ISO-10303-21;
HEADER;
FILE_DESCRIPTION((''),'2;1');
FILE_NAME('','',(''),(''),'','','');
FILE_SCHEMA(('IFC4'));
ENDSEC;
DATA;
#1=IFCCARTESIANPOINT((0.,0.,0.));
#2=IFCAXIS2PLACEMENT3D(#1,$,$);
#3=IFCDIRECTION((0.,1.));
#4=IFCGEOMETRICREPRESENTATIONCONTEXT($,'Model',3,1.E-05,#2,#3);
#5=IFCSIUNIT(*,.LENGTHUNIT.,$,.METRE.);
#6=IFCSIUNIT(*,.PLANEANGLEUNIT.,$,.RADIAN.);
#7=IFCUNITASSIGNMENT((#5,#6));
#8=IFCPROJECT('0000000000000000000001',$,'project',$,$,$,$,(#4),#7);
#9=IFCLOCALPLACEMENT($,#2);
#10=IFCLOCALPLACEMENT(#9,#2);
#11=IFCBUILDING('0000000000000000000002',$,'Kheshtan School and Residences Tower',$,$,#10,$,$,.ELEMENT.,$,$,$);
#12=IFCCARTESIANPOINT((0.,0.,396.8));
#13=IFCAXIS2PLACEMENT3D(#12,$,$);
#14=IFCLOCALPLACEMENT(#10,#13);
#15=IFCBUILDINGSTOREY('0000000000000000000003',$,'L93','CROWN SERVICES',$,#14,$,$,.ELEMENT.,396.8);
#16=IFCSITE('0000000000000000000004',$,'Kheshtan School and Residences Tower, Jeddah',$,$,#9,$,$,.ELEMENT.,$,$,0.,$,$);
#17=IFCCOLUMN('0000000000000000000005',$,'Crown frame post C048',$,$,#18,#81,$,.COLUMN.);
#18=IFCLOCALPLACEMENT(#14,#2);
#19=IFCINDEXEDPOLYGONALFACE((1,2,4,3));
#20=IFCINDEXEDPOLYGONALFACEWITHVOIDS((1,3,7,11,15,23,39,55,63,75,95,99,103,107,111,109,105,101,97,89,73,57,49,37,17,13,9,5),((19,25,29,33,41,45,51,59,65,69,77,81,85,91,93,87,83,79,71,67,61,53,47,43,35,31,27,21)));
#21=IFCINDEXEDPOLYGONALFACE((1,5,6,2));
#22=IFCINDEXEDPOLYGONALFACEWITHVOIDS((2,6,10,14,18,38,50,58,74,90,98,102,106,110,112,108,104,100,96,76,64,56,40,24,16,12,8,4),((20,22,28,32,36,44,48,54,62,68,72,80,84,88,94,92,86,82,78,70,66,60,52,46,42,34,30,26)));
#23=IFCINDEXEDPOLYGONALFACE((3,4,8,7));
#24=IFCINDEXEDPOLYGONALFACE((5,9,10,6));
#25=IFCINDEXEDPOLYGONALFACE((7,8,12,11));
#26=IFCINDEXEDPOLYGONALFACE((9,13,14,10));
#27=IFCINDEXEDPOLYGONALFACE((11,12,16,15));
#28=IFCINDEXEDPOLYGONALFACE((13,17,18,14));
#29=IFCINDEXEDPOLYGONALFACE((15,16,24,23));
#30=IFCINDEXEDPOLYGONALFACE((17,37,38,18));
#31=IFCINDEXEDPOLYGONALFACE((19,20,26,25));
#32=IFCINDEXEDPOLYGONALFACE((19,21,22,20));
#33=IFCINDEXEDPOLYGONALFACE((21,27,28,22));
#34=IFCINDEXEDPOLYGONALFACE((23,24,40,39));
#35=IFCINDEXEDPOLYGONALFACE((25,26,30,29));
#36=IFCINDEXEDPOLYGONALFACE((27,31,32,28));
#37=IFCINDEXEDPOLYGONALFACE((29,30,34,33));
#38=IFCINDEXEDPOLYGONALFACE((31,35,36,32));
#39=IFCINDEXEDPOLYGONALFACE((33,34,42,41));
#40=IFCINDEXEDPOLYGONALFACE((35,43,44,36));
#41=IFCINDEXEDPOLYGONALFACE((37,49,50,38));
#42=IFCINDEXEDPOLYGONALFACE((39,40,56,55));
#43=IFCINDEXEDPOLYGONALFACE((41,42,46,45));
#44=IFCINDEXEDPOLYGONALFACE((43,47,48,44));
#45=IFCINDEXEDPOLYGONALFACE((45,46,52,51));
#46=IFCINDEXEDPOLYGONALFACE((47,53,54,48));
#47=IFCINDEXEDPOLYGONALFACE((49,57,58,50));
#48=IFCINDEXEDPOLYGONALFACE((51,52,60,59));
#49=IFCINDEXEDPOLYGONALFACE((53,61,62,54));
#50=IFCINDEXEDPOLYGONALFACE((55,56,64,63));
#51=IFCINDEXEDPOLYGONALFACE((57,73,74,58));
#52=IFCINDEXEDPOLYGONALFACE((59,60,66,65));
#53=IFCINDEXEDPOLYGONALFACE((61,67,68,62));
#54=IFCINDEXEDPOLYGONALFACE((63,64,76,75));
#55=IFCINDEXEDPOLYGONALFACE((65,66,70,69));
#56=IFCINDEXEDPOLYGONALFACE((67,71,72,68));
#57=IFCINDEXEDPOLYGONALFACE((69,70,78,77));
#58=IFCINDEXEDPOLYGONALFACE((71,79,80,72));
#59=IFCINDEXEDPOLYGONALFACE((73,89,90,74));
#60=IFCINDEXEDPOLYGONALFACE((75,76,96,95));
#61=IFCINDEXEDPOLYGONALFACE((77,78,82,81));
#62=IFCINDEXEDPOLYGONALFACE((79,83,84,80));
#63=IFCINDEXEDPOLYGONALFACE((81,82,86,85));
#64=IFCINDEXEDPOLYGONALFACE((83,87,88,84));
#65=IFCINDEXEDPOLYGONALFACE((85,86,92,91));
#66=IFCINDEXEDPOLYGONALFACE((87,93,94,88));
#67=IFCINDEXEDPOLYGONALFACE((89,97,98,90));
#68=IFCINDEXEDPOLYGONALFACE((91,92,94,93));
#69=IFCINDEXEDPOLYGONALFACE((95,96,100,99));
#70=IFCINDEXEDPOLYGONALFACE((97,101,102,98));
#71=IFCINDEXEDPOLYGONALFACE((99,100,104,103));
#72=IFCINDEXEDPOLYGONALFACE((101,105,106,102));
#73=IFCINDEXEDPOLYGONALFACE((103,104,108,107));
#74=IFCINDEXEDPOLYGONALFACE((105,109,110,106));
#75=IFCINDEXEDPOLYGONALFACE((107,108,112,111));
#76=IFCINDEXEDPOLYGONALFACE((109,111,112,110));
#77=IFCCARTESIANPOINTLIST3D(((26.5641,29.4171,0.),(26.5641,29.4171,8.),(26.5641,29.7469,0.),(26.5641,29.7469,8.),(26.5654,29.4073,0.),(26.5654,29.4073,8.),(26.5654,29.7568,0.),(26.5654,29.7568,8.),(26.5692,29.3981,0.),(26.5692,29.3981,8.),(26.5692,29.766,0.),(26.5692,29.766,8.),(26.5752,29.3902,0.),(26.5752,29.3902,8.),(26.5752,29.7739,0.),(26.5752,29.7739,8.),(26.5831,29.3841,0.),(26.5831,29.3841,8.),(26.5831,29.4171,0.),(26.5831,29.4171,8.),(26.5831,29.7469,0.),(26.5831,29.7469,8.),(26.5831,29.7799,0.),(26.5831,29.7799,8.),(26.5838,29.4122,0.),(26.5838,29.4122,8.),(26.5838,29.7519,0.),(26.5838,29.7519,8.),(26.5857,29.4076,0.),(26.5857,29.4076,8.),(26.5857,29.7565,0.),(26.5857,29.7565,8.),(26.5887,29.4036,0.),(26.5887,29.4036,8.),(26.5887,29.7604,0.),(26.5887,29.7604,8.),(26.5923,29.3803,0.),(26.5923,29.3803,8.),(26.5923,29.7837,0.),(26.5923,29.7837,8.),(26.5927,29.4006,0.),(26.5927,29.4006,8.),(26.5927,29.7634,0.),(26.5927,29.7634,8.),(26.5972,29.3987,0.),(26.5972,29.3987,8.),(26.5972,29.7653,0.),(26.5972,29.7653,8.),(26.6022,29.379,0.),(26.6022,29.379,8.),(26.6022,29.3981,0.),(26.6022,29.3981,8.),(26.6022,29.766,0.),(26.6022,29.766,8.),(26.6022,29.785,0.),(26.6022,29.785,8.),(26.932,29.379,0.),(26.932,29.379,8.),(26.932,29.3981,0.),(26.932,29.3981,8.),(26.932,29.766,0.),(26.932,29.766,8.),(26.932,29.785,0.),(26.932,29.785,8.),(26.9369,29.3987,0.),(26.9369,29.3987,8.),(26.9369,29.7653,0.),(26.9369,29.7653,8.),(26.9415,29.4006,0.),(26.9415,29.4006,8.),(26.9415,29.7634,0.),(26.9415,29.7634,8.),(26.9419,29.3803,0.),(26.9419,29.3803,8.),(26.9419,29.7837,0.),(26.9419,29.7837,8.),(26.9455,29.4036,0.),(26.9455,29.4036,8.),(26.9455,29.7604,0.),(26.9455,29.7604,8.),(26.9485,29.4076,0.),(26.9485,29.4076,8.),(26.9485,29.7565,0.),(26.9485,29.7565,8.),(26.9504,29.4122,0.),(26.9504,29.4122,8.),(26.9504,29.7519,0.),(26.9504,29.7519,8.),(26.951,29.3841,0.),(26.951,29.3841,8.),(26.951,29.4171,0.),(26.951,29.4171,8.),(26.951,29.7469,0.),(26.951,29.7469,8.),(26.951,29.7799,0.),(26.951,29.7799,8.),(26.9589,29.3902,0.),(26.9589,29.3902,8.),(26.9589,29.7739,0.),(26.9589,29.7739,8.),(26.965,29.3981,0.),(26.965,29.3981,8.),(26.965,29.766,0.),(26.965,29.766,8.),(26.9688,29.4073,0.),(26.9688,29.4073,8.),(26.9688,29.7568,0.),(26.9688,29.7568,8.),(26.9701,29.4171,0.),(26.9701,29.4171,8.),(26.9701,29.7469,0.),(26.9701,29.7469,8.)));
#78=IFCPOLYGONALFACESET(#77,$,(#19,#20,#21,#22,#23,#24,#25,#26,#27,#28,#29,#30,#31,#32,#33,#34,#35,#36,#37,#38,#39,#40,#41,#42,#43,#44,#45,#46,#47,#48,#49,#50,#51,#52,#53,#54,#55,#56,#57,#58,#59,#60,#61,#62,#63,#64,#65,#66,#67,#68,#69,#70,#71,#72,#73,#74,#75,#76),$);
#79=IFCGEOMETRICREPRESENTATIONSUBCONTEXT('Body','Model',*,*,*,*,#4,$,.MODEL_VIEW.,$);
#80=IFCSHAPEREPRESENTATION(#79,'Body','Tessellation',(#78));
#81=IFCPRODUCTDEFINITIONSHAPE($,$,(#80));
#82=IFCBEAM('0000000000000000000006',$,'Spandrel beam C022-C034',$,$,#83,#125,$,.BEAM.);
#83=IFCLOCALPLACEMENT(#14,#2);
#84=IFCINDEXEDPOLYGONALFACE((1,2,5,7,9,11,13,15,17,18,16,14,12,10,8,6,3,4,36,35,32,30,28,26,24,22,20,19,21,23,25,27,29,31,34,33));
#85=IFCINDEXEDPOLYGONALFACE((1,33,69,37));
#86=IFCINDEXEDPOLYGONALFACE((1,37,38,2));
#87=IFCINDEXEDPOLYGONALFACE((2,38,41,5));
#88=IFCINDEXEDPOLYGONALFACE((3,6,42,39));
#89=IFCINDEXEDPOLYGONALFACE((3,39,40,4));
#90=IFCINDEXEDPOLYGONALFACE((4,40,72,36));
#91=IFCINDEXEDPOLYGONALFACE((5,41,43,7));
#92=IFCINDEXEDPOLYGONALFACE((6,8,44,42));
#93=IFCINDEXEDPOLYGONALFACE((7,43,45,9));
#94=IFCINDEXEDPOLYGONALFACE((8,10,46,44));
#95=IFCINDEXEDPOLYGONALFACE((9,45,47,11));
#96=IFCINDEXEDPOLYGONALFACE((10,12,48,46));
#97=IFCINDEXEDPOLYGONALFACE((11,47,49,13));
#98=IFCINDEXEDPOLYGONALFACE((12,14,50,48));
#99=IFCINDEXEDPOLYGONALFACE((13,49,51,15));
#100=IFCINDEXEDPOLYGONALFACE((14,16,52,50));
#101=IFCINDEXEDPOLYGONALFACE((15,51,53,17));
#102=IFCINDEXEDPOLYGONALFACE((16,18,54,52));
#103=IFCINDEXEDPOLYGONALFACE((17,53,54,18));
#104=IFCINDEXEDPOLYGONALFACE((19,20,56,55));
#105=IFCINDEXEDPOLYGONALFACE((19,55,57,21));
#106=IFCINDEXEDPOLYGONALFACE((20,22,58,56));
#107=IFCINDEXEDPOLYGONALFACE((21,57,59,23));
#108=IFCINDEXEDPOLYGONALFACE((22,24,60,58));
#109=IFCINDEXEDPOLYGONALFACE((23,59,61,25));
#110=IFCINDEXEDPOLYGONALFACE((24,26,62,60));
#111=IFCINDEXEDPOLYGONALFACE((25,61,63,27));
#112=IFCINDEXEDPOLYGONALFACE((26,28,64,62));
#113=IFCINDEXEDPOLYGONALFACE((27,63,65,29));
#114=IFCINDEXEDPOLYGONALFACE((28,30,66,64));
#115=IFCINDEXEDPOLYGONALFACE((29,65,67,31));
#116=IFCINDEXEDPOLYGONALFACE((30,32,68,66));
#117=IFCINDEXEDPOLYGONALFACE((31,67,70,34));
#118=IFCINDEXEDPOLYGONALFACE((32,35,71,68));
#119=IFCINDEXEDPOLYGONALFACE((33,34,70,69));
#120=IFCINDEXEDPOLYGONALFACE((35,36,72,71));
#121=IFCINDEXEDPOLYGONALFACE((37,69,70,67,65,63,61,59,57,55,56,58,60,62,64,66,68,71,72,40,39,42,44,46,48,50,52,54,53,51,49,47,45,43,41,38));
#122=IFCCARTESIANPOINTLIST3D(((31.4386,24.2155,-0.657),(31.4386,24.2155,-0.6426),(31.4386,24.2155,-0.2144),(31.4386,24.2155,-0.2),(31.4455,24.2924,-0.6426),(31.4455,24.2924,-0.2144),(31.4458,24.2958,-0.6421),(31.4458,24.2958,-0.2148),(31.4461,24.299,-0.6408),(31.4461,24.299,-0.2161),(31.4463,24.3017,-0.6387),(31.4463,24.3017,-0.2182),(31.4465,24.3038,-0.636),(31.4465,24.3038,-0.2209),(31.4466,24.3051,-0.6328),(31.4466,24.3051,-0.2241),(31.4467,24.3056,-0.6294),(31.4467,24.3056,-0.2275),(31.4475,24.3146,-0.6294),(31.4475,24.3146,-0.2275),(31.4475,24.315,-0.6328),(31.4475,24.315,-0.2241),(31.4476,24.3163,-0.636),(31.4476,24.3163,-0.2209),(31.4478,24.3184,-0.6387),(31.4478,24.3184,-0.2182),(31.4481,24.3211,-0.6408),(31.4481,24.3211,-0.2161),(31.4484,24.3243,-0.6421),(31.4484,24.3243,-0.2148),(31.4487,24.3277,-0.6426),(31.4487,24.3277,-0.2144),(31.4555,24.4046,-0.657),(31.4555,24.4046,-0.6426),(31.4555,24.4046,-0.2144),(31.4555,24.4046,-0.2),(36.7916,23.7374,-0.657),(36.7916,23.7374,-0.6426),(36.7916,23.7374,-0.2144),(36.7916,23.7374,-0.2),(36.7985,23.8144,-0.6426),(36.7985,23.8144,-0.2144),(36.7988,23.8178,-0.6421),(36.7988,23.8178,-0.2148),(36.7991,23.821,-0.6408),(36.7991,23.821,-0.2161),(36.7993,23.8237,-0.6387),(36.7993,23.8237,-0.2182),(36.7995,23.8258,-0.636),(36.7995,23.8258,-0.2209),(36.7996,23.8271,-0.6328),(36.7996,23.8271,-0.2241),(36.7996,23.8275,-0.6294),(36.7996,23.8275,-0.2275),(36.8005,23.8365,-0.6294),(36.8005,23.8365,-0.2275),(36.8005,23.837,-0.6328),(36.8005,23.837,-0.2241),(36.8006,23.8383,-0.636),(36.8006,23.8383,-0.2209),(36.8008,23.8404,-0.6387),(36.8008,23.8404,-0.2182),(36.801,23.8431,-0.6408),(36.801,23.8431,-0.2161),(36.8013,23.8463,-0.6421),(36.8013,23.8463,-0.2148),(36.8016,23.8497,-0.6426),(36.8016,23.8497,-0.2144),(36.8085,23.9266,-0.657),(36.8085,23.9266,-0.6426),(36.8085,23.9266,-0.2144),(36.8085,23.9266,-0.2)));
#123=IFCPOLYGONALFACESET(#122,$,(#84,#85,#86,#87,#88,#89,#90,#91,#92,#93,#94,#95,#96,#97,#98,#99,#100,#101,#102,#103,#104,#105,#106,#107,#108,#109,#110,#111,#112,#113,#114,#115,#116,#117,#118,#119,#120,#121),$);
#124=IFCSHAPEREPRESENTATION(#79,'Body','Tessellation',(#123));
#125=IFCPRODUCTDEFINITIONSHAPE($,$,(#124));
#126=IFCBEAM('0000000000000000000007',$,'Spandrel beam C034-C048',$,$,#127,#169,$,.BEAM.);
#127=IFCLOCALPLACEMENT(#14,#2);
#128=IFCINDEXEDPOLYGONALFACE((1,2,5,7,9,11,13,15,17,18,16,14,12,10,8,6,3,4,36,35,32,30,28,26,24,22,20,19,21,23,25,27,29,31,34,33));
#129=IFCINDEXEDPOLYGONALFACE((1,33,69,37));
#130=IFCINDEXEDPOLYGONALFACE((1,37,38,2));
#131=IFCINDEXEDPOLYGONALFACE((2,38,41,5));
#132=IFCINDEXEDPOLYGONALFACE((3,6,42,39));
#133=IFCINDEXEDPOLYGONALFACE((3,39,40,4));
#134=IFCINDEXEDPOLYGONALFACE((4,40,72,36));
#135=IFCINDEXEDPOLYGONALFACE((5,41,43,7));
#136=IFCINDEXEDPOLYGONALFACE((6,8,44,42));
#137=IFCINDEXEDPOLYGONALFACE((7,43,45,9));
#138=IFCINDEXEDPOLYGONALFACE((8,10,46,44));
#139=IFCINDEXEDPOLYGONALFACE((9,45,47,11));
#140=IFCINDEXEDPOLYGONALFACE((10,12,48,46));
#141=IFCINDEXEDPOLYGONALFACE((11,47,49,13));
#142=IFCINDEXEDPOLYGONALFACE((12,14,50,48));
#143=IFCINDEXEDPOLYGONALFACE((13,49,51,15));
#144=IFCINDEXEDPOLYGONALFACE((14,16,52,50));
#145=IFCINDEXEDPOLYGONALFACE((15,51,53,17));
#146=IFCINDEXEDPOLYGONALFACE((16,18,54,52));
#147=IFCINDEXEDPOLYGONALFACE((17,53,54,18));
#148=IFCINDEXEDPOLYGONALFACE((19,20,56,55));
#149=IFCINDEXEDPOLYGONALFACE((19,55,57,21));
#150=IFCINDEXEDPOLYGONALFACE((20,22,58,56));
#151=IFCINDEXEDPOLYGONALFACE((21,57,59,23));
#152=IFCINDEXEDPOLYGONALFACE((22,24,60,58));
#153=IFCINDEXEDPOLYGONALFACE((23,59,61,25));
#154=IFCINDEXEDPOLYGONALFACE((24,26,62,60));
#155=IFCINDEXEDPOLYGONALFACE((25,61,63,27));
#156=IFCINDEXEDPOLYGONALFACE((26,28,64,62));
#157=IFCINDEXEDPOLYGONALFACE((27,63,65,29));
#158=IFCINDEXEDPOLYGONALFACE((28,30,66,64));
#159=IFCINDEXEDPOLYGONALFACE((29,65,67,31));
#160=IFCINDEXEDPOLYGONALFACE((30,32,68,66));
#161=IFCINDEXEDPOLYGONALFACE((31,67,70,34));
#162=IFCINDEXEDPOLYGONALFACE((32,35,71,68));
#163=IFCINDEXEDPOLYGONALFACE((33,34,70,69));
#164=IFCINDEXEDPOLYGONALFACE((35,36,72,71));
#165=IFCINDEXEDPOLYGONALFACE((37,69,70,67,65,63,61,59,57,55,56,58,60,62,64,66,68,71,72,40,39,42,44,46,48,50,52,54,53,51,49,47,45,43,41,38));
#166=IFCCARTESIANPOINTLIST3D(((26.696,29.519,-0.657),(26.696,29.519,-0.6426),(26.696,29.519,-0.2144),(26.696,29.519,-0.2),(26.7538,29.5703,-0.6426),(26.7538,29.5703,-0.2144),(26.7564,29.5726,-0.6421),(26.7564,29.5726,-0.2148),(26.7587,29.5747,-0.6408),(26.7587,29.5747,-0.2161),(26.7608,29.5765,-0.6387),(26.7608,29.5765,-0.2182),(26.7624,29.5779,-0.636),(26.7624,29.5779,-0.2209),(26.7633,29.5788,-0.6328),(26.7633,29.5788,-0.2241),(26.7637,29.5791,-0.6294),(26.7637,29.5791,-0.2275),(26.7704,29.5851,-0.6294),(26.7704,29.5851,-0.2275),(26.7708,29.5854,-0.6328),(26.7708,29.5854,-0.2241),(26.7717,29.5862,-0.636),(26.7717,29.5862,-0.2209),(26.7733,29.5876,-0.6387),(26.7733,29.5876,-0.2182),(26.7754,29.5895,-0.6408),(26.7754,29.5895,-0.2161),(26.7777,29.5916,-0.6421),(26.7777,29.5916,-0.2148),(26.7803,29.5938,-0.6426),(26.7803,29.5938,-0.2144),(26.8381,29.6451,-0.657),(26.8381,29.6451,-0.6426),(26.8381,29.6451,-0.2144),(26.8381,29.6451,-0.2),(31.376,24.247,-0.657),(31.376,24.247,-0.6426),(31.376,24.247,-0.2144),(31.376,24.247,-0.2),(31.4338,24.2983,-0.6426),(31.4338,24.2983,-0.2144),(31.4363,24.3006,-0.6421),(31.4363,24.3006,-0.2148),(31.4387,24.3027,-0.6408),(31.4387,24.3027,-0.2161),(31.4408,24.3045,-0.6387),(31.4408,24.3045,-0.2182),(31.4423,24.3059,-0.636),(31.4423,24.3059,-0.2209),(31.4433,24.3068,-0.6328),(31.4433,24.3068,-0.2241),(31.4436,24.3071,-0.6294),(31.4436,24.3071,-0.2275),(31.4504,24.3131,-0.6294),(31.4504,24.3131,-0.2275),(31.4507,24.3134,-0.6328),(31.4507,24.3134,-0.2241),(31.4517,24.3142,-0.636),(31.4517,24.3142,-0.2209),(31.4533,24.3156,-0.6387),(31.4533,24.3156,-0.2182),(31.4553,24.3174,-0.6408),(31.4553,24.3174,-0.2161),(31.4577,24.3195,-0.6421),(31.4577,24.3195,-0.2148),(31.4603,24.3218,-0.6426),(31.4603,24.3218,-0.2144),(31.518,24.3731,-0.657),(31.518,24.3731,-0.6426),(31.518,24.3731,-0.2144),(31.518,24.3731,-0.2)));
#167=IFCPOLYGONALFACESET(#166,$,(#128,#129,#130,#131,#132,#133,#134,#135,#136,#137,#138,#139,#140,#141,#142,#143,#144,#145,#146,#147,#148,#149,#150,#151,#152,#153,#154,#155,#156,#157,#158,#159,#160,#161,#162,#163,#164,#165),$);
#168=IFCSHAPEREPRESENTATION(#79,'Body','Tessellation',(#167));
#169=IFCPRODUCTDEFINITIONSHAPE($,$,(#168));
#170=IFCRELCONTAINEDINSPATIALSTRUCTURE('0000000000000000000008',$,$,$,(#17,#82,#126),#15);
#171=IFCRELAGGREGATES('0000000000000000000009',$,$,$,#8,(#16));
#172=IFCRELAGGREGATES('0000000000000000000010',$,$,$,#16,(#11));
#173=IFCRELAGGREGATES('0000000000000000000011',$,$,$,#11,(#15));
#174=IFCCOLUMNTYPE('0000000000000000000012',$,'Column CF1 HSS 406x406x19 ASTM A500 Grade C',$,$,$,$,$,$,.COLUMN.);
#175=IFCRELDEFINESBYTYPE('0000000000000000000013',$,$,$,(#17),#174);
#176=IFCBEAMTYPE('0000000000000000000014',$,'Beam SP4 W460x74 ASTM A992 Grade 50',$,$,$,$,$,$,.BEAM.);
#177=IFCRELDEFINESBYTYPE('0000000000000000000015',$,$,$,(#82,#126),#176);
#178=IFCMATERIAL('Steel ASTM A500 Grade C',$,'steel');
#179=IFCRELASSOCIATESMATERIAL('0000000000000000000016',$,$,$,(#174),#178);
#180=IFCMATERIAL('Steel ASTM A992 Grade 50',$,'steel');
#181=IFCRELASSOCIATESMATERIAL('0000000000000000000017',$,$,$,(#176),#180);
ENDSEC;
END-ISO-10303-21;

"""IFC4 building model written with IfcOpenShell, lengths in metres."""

from ifc_helpers import new_model, si_unit, direction, frame, origin, origin_2d, place, context, subcontext, project, spatial, hollow_rectangle, i_section, extrude, material, material_profile, profile_set, type_object, element, save


model = new_model("IFC4")

# Units and contexts
model_context = context("Model", 3, precision=1e-05, world=origin(), true_north=direction((0.0, 1.0)))
body_context = subcontext(model_context, "Body", "Model", "MODEL_VIEW")
ifc_project = project(units=[si_unit("LENGTHUNIT", "METRE"), si_unit("PLANEANGLEUNIT", "RADIAN")], contexts=[model_context])

# Site, building, storey
site_placement = place(None, origin())
site = spatial("IfcSite", under=ifc_project, at=site_placement, Name="Kheshtan School and Residences Tower, Jeddah", CompositionType="ELEMENT", RefElevation=0.0)
building_placement = place(site_placement, origin())
building = spatial("IfcBuilding", under=site, at=building_placement, Name="Kheshtan School and Residences Tower", CompositionType="ELEMENT")
storey_placement = place(building_placement, frame((0.0, 0.0, 396.8)))
storey = spatial("IfcBuildingStorey", under=building, at=storey_placement, Name="L93", Description="CROWN SERVICES", CompositionType="ELEMENT", Elevation=396.8)

# Column
ifc_material_1 = material(Name="Steel ASTM A500 Grade C", Category="steel")
ifc_material_profile_1 = material_profile(ifc_material_1, hollow_rectangle(XDim=0.406, YDim=0.406, WallThickness=0.019, InnerFilletRadius=0.019, OuterFilletRadius=0.0381, at=origin_2d()), Name="HSS 406x406x19")
ifc_profile_set_1 = profile_set([ifc_material_profile_1], Name="Steel ASTM A500 Grade C")
column_type = type_object("IfcColumnType", Name="Column CF1 HSS 406x406x19 ASTM A500 Grade C", PredefinedType="COLUMN", material=ifc_profile_set_1)
for number, where, z_axis, x_axis, name in (
    (1, (26.7671, 29.582, 0.0), (0.0, 0.0, 1.0), (1.0, 0.0, 0.0), "Crown frame post C048"),
):
    element("IfcColumn", number, at=place(storey_placement, frame(where, z_axis=z_axis, x_axis=x_axis)), inside=storey, type_object=column_type, Name=name, PredefinedType="COLUMN", context=body_context, shape_type="SweptSolid", body=[
        extrude(hollow_rectangle(XDim=0.406, YDim=0.406, WallThickness=0.019, InnerFilletRadius=0.019, OuterFilletRadius=0.0381, at=origin_2d()), origin(), (0.0, 0.0, 1.0), 8.0),
    ])

# Beams
ifc_material_2 = material(Name="Steel ASTM A992 Grade 50", Category="steel")
ifc_material_profile_2 = material_profile(ifc_material_2, i_section(OverallWidth=0.1899, OverallDepth=0.457, WebThickness=0.009, FlangeThickness=0.0144, FilletRadius=0.0132, at=origin_2d()), Name="W460x74")
ifc_profile_set_2 = profile_set([ifc_material_profile_2], Name="Steel ASTM A992 Grade 50")
beam_type = type_object("IfcBeamType", Name="Beam SP4 W460x74 ASTM A992 Grade 50", PredefinedType="BEAM", material=ifc_profile_set_2)
beam_1_placement = place(storey_placement, frame((36.8, 23.832, -0.4285), z_axis=(-0.996036, 0.088946, 0.0), x_axis=(-0.088946, -0.996036, 0.0)))
element("IfcBeam", 2, at=beam_1_placement, inside=storey, type_object=beam_type, Name="Spandrel beam C022-C034", PredefinedType="BEAM", context=body_context, shape_type="SweptSolid", body=[
    extrude(i_section(OverallWidth=0.1899, OverallDepth=0.457, WebThickness=0.009, FlangeThickness=0.0144, FilletRadius=0.0132, at=origin_2d()), origin(), (0.0, 0.0, 1.0), 5.3743),
])
beam_2_placement = place(storey_placement, frame((31.447, 24.3101, -0.4285), z_axis=(-0.663867, 0.747851, 0.0), x_axis=(-0.747851, -0.663867, 0.0)))
element("IfcBeam", 3, at=beam_2_placement, inside=storey, type_object=beam_type, Name="Spandrel beam C034-C048", PredefinedType="BEAM", context=body_context, shape_type="SweptSolid", body=[
    extrude(i_section(OverallWidth=0.1899, OverallDepth=0.457, WebThickness=0.009, FlangeThickness=0.0144, FilletRadius=0.0132, at=origin_2d()), origin(), (0.0, 0.0, 1.0), 7.0496),
])

save(model, "model.ifc")
